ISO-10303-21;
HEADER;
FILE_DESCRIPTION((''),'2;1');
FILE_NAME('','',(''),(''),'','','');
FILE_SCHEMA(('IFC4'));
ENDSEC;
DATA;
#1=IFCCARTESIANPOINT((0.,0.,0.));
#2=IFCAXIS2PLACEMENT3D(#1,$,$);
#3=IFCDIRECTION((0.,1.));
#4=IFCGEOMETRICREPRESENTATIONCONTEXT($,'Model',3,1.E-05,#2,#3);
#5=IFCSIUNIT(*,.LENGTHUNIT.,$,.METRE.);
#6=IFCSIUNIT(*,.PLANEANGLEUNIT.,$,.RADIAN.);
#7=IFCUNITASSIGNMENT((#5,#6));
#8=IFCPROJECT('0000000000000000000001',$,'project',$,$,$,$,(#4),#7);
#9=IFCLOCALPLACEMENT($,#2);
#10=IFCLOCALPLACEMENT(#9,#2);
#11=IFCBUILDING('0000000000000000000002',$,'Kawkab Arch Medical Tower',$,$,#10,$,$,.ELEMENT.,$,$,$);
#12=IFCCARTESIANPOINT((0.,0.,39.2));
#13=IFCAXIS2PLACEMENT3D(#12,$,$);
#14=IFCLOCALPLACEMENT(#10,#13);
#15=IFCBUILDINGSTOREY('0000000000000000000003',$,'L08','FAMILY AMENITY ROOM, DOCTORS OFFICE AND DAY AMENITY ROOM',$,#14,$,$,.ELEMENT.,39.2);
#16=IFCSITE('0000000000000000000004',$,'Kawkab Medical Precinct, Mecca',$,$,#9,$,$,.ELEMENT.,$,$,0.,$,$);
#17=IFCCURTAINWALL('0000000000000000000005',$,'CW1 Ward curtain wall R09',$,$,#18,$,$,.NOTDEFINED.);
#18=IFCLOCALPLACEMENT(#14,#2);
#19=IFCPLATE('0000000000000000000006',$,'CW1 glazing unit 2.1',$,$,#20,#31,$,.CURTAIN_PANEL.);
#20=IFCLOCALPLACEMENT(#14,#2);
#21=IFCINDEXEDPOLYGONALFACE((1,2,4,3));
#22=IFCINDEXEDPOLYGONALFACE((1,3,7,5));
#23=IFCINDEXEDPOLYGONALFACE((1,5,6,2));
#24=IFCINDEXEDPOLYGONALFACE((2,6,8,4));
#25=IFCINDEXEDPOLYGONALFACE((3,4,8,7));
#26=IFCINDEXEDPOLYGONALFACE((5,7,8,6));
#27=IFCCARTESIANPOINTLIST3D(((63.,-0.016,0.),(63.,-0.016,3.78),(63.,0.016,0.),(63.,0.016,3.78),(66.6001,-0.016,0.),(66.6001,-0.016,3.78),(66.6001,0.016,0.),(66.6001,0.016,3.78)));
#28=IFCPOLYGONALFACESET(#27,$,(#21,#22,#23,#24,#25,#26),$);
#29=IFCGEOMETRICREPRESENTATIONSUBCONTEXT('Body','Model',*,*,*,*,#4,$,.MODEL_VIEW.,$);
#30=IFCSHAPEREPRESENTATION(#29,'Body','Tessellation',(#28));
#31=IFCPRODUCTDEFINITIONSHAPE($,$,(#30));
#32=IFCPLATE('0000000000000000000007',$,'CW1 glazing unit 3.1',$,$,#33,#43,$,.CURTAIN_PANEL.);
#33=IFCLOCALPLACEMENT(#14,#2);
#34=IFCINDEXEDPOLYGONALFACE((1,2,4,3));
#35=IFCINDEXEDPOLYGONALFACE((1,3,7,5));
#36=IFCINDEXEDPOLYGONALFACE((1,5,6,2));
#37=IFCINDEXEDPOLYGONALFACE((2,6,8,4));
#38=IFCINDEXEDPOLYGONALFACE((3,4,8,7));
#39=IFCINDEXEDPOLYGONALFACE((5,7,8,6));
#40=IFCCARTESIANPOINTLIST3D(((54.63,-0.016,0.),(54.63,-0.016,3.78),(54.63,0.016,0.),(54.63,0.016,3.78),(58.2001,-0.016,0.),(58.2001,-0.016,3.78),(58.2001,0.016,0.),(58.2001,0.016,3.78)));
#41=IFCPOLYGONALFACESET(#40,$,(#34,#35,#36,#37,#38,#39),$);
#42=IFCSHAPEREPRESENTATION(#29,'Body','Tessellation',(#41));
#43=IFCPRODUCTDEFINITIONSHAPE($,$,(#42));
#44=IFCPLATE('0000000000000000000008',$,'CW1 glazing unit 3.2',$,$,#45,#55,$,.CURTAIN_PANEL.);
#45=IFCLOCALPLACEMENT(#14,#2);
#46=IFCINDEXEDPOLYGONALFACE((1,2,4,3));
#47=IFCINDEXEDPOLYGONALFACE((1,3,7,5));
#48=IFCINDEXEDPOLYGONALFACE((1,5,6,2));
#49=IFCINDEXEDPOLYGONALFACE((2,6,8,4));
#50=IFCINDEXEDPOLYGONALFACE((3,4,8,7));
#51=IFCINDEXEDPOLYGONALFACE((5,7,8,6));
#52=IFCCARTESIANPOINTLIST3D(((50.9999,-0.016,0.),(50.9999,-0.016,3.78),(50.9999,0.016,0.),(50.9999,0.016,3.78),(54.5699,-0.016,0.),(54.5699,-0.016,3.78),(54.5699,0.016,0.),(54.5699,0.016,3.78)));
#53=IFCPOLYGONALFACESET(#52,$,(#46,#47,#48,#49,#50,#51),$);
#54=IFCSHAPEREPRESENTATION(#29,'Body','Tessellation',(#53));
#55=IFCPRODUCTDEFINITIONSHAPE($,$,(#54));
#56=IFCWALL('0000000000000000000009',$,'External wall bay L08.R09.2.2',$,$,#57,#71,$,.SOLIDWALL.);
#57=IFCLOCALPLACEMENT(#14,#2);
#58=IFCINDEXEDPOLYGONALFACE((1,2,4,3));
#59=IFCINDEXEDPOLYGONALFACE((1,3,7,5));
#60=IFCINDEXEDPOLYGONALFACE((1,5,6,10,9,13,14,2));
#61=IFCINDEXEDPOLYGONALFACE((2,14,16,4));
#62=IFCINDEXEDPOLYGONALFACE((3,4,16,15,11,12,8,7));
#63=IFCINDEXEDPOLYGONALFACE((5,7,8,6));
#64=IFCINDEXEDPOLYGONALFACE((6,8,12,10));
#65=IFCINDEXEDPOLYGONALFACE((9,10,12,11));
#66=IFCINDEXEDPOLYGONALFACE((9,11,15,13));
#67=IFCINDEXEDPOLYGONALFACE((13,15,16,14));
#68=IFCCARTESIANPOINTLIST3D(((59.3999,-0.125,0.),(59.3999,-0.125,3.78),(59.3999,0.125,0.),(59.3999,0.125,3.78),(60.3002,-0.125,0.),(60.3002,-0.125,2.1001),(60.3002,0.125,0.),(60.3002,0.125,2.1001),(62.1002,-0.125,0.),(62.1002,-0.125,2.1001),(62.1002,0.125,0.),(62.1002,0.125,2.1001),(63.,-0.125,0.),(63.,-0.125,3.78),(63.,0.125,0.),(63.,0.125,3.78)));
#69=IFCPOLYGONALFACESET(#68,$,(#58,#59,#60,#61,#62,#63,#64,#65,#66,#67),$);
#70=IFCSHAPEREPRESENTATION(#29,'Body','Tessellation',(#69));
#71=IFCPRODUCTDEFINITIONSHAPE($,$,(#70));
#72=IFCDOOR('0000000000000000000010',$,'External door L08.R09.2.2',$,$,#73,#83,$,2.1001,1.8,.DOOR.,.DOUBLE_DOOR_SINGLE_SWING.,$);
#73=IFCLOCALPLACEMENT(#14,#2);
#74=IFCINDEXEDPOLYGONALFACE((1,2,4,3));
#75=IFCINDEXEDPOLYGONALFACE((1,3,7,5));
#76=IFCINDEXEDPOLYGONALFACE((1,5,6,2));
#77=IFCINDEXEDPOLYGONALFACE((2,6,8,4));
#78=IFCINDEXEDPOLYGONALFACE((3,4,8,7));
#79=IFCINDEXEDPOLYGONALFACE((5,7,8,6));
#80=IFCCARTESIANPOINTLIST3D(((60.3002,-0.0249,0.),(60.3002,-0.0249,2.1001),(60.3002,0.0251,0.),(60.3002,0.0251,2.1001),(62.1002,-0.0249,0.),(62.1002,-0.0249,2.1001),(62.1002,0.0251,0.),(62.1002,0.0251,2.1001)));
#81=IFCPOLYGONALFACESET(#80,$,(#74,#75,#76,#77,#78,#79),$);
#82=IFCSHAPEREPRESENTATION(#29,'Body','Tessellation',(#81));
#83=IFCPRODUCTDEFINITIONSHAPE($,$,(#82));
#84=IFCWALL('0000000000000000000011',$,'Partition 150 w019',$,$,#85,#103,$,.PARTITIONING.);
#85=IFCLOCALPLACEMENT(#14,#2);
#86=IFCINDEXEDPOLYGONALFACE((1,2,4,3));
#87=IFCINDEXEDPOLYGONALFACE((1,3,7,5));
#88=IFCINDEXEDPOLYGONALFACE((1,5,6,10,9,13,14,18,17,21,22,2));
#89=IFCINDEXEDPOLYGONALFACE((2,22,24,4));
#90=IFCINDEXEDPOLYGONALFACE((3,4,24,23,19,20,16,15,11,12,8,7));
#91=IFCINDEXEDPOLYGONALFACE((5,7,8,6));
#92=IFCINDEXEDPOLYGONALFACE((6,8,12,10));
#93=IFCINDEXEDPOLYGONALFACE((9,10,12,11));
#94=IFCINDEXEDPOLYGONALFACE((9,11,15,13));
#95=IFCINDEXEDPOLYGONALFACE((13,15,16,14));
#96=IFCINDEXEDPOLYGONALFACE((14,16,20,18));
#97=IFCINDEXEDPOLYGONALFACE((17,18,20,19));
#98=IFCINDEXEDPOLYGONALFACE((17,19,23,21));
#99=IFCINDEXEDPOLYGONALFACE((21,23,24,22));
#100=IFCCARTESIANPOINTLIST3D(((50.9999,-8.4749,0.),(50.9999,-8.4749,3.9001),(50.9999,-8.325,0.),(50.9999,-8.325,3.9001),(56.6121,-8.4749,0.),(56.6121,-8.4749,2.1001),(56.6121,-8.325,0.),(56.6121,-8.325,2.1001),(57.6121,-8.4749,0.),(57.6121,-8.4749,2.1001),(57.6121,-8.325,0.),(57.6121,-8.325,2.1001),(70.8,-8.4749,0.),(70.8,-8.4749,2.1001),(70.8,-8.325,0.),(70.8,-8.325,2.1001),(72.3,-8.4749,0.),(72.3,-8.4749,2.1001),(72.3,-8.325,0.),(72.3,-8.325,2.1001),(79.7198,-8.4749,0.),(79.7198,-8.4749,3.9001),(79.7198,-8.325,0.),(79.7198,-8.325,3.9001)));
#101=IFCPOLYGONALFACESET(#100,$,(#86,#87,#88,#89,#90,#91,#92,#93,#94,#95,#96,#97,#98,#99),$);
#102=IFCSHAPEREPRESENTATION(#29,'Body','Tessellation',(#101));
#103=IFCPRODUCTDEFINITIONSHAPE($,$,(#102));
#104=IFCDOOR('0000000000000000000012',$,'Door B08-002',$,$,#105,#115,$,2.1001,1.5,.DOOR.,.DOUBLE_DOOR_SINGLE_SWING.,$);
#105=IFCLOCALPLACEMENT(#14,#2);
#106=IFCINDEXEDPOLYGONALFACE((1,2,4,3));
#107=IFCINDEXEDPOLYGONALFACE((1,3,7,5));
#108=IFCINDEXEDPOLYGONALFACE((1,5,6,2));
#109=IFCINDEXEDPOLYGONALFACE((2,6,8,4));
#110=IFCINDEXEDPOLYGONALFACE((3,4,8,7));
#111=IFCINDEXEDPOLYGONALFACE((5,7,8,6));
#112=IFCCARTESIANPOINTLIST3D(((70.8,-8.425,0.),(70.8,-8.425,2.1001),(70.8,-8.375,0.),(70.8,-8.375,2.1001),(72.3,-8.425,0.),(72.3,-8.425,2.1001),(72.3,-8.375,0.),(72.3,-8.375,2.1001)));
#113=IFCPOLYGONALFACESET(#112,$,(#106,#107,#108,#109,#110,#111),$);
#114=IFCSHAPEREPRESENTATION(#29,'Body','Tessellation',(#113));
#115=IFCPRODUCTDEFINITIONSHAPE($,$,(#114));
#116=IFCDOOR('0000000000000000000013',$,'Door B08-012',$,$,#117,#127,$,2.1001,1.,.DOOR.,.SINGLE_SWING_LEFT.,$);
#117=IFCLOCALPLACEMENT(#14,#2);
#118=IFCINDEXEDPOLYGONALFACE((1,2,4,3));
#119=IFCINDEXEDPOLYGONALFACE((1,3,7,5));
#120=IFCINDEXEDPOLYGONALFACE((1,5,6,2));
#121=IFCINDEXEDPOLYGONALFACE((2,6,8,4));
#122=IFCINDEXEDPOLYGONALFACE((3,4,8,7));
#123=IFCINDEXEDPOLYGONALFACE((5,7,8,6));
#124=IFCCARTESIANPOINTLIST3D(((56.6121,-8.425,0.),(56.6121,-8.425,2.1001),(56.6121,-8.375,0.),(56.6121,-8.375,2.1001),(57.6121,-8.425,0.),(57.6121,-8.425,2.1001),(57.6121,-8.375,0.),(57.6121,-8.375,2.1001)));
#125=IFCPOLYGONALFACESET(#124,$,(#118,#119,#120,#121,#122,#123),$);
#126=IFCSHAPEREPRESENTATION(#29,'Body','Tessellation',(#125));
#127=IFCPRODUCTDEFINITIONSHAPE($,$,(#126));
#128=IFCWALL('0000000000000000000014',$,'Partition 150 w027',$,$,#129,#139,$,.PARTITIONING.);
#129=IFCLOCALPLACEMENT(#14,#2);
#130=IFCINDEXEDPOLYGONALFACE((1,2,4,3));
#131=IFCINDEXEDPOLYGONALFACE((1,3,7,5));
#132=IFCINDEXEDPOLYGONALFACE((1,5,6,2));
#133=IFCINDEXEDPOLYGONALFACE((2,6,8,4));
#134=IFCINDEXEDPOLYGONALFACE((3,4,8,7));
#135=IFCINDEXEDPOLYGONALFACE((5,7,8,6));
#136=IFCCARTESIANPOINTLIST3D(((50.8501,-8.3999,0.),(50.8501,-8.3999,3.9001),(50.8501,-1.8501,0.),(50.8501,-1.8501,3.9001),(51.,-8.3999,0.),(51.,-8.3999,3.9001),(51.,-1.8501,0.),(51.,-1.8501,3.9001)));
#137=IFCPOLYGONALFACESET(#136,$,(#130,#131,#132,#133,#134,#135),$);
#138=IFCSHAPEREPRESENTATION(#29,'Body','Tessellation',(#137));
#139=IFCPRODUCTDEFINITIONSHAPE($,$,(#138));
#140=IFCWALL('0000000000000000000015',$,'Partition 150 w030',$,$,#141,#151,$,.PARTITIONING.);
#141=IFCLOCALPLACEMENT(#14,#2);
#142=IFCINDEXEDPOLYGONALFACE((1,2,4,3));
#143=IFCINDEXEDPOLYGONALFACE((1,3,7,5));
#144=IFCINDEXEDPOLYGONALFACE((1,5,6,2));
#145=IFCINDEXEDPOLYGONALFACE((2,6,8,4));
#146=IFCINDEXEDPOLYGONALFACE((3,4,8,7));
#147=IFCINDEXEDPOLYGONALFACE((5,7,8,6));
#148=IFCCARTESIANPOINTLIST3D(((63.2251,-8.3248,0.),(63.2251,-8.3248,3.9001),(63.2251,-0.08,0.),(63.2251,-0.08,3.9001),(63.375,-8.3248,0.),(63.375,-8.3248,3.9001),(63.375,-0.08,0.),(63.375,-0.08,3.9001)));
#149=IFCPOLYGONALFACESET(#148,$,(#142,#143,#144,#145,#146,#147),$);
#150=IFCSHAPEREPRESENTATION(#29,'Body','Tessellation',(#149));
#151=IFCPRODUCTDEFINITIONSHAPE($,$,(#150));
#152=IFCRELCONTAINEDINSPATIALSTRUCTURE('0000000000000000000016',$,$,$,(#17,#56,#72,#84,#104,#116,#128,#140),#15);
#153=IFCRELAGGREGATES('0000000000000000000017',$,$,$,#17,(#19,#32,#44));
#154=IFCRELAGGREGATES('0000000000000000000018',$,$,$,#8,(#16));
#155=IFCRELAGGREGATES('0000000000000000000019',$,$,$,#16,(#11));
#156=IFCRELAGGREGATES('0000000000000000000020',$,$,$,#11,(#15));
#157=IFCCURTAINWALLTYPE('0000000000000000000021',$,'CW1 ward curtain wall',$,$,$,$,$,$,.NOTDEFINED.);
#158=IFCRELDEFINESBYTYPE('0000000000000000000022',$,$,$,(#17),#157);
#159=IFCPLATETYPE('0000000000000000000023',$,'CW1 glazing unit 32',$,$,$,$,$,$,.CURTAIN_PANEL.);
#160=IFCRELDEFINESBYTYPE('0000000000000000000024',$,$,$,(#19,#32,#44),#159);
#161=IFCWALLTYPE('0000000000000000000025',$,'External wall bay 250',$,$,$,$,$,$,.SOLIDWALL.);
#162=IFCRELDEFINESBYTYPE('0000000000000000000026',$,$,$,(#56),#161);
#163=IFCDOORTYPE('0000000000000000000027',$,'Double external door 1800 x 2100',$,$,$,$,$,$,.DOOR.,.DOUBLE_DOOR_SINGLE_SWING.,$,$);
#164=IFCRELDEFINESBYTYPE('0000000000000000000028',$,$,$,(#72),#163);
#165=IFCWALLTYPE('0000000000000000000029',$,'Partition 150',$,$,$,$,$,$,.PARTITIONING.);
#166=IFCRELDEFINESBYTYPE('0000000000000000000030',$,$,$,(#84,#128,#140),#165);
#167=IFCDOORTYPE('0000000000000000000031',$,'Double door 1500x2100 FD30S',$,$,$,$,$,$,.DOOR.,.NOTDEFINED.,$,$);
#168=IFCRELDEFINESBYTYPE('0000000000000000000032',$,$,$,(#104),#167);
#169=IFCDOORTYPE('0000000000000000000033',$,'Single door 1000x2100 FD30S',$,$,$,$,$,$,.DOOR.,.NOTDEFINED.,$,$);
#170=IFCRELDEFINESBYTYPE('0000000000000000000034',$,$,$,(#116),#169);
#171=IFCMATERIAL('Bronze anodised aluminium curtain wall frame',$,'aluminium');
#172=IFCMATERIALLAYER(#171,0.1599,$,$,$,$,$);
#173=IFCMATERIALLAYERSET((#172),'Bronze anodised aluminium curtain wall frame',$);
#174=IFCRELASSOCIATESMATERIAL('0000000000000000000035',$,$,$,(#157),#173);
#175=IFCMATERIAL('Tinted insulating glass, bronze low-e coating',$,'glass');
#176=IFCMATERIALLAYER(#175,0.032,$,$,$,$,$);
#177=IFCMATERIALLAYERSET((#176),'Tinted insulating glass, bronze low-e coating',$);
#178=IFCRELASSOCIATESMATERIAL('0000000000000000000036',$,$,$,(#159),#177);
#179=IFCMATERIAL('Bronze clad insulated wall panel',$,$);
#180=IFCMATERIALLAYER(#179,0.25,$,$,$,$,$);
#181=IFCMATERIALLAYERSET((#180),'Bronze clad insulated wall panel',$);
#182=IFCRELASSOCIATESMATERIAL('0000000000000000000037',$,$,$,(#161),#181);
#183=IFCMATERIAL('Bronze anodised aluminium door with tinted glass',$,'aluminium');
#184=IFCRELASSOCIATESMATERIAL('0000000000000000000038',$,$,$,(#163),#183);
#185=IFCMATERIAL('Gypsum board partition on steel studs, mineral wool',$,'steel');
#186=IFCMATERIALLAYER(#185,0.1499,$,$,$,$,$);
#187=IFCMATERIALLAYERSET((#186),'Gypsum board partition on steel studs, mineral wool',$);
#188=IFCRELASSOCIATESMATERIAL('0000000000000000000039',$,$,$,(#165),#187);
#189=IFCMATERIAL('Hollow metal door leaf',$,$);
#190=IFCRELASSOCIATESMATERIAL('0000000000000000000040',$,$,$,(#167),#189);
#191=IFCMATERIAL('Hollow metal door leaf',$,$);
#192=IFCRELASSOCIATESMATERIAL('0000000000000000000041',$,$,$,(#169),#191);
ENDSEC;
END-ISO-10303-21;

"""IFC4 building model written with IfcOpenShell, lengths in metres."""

from ifc_helpers import new_model, si_unit, direction, frame, frame_2d, origin, origin_2d, place, context, subcontext, project, spatial, rectangle, extrude, material, layer, layer_set, type_object, element, fill, aggregate, save


model = new_model("IFC4")

# Units and contexts
model_context = context("Model", 3, precision=1e-05, world=origin(), true_north=direction((0.0, 1.0)))
body_context = subcontext(model_context, "Body", "Model", "MODEL_VIEW")
ifc_project = project(units=[si_unit("LENGTHUNIT", "METRE"), si_unit("PLANEANGLEUNIT", "RADIAN")], contexts=[model_context])

# Site, building, storey
site_placement = place(None, origin())
site = spatial("IfcSite", under=ifc_project, at=site_placement, Name="Kawkab Medical Precinct, Mecca", CompositionType="ELEMENT", RefElevation=0.0)
building_placement = place(site_placement, origin())
building = spatial("IfcBuilding", under=site, at=building_placement, Name="Kawkab Arch Medical Tower", CompositionType="ELEMENT")
storey_placement = place(building_placement, frame((0.0, 0.0, 39.2)))
storey = spatial("IfcBuildingStorey", under=building, at=storey_placement, Name="L08", Description="FAMILY AMENITY ROOM, DOCTORS OFFICE AND DAY AMENITY ROOM", CompositionType="ELEMENT", Elevation=39.2)

# Curtain wall
ifc_material_1 = material(Name="Bronze anodised aluminium curtain wall frame", Category="aluminium")
ifc_layer_1 = layer(ifc_material_1, 0.1599)
ifc_layer_set_1 = layer_set([ifc_layer_1], Name="Bronze anodised aluminium curtain wall frame")
curtain_wall_type_1 = type_object("IfcCurtainWallType", Name="CW1 ward curtain wall", PredefinedType="NOTDEFINED", material=ifc_layer_set_1)
placement = place(storey_placement, origin())
curtain_wall_1 = element("IfcCurtainWall", 1, at=placement, inside=storey, type_object=curtain_wall_type_1, Name="CW1 Ward curtain wall R09", PredefinedType="NOTDEFINED")

# Plates
ifc_material_2 = material(Name="Tinted insulating glass, bronze low-e coating", Category="glass")
ifc_layer_2 = layer(ifc_material_2, 0.032)
ifc_layer_set_2 = layer_set([ifc_layer_2], Name="Tinted insulating glass, bronze low-e coating")
plate_type = type_object("IfcPlateType", Name="CW1 glazing unit 32", PredefinedType="CURTAIN_PANEL", material=ifc_layer_set_2)
plate_1_placement = place(storey_placement, frame((64.8, 0.0, 0.0), z_axis=(0.0, 0.0, 1.0), x_axis=(-1.0, 0.0, 0.0)))
plate_1 = element("IfcPlate", 2, at=plate_1_placement, type_object=plate_type, Name="CW1 glazing unit 2.1", PredefinedType="CURTAIN_PANEL", context=body_context, shape_type="SweptSolid", body=[
    extrude(rectangle(XDim=3.6001, YDim=0.032, at=origin_2d()), origin(), (0.0, 0.0, 1.0), 3.78),
])
plate_2_placement = place(storey_placement, frame((56.415, 0.0, 0.0), z_axis=(0.0, 0.0, 1.0), x_axis=(-1.0, 0.0, 0.0)))
plate_2 = element("IfcPlate", 3, at=plate_2_placement, type_object=plate_type, Name="CW1 glazing unit 3.1", PredefinedType="CURTAIN_PANEL", context=body_context, shape_type="SweptSolid", body=[
    extrude(rectangle(XDim=3.5701, YDim=0.032, at=origin_2d()), origin(), (0.0, 0.0, 1.0), 3.78),
])
plate_3_placement = place(storey_placement, frame((52.7849, 0.0, 0.0), z_axis=(0.0, 0.0, 1.0), x_axis=(-1.0, 0.0, 0.0)))
plate_3 = element("IfcPlate", 4, at=plate_3_placement, type_object=plate_type, Name="CW1 glazing unit 3.2", PredefinedType="CURTAIN_PANEL", context=body_context, shape_type="SweptSolid", body=[
    extrude(rectangle(XDim=3.5701, YDim=0.032, at=origin_2d()), origin(), (0.0, 0.0, 1.0), 3.78),
])
aggregate(curtain_wall_1, [plate_1, plate_2, plate_3])

# Wall, opening, door
ifc_material_3 = material(Name="Bronze clad insulated wall panel")
ifc_layer_3 = layer(ifc_material_3, 0.25)
ifc_layer_set_3 = layer_set([ifc_layer_3], Name="Bronze clad insulated wall panel")
wall_type_1 = type_object("IfcWallType", Name="External wall bay 250", PredefinedType="SOLIDWALL", material=ifc_layer_set_3)
wall_1_placement = place(storey_placement, frame((63.0, 0.0, 0.0), z_axis=(0.0, 0.0, 1.0), x_axis=(-1.0, 0.0, 0.0)))
wall_1 = element("IfcWall", 5, at=wall_1_placement, inside=storey, type_object=wall_type_1, Name="External wall bay L08.R09.2.2", PredefinedType="SOLIDWALL", context=body_context, shape_type="SweptSolid", body=[
    extrude(rectangle(XDim=3.6001, YDim=0.25, at=frame_2d((1.8, 0.0))), origin(), (0.0, 0.0, 1.0), 3.78),
])
opening_1_placement = place(wall_1_placement, frame((0.8999, 0.0, 0.0)))
opening_1 = element("IfcOpeningElement", 6, at=opening_1_placement, cuts=wall_1, PredefinedType="OPENING", context=body_context, shape_type="SweptSolid", body=[
    extrude(rectangle(XDim=1.8, YDim=2.1001, at=frame_2d((0.8999, 1.05))), frame((0.0, 0.135, 0.0), z_axis=(0.0, -1.0, 0.0), x_axis=(1.0, 0.0, 0.0)), (0.0, 0.0, 1.0), 0.27),
])
ifc_material_4 = material(Name="Bronze anodised aluminium door with tinted glass", Category="aluminium")
door_type_1 = type_object("IfcDoorType", Name="Double external door 1800 x 2100", OperationType="DOUBLE_DOOR_SINGLE_SWING", PredefinedType="DOOR", material=ifc_material_4)
door_1_placement = place(opening_1_placement, origin())
door_1 = element("IfcDoor", 7, at=door_1_placement, inside=storey, type_object=door_type_1, Name="External door L08.R09.2.2", OperationType="DOUBLE_DOOR_SINGLE_SWING", OverallHeight=2.1001, OverallWidth=1.8, PredefinedType="DOOR", context=body_context, shape_type="SweptSolid", body=[
    extrude(rectangle(XDim=1.8, YDim=2.1001, at=frame_2d((0.8999, 1.05))), frame((0.0, 0.0249, 0.0), z_axis=(0.0, -1.0, 0.0), x_axis=(1.0, 0.0, 0.0)), (0.0, 0.0, 1.0), 0.05),
])
fill(opening_1, door_1)

# Wall, openings, doors
ifc_material_5 = material(Name="Gypsum board partition on steel studs, mineral wool", Category="steel")
ifc_layer_4 = layer(ifc_material_5, 0.1499)
ifc_layer_set_4 = layer_set([ifc_layer_4], Name="Gypsum board partition on steel studs, mineral wool")
wall_type_2 = type_object("IfcWallType", Name="Partition 150", PredefinedType="PARTITIONING", material=ifc_layer_set_4)
wall_2_placement = place(storey_placement, frame((51.0, -8.3999, 0.0), z_axis=(0.0, 0.0, 1.0), x_axis=(1.0, 0.0, 0.0)))
wall_2 = element("IfcWall", 8, at=wall_2_placement, inside=storey, type_object=wall_type_2, Name="Partition 150 w019", PredefinedType="PARTITIONING", context=body_context, shape_type="SweptSolid", body=[
    extrude(rectangle(XDim=28.72, YDim=0.1499, at=frame_2d((14.3599, 0.0))), origin(), (0.0, 0.0, 1.0), 3.9001),
])
opening_2_placement = place(wall_2_placement, frame((5.6121, 0.0, 0.0)))
opening_2 = element("IfcOpeningElement", 9, at=opening_2_placement, cuts=wall_2, PredefinedType="OPENING", context=body_context, shape_type="SweptSolid", body=[
    extrude(rectangle(XDim=1.0, YDim=2.1001, at=frame_2d((0.5, 1.05))), frame((0.0, 0.085, 0.0), z_axis=(0.0, -1.0, 0.0), x_axis=(1.0, 0.0, 0.0)), (0.0, 0.0, 1.0), 0.1699),
])
opening_3_placement = place(wall_2_placement, frame((19.8, 0.0, 0.0)))
opening_3 = element("IfcOpeningElement", 10, at=opening_3_placement, cuts=wall_2, PredefinedType="OPENING", context=body_context, shape_type="SweptSolid", body=[
    extrude(rectangle(XDim=1.5, YDim=2.1001, at=frame_2d((0.75, 1.05))), frame((0.0, 0.085, 0.0), z_axis=(0.0, -1.0, 0.0), x_axis=(1.0, 0.0, 0.0)), (0.0, 0.0, 1.0), 0.1699),
])
ifc_material_6 = material(Name="Hollow metal door leaf")
door_type_2 = type_object("IfcDoorType", Name="Double door 1500x2100 FD30S", OperationType="NOTDEFINED", PredefinedType="DOOR", material=ifc_material_6)
door_2_placement = place(opening_3_placement, origin())
door_2 = element("IfcDoor", 11, at=door_2_placement, inside=storey, type_object=door_type_2, Name="Door B08-002", OperationType="DOUBLE_DOOR_SINGLE_SWING", OverallHeight=2.1001, OverallWidth=1.5, PredefinedType="DOOR", context=body_context, shape_type="SweptSolid", body=[
    extrude(rectangle(XDim=1.5, YDim=2.1001, at=frame_2d((0.75, 1.05))), frame((0.0, 0.0249, 0.0), z_axis=(0.0, -1.0, 0.0), x_axis=(1.0, 0.0, 0.0)), (0.0, 0.0, 1.0), 0.05),
])
fill(opening_3, door_2)
ifc_material_7 = material(Name="Hollow metal door leaf")
door_type_3 = type_object("IfcDoorType", Name="Single door 1000x2100 FD30S", OperationType="NOTDEFINED", PredefinedType="DOOR", material=ifc_material_7)
door_3_placement = place(opening_2_placement, origin())
door_3 = element("IfcDoor", 12, at=door_3_placement, inside=storey, type_object=door_type_3, Name="Door B08-012", OperationType="SINGLE_SWING_LEFT", OverallHeight=2.1001, OverallWidth=1.0, PredefinedType="DOOR", context=body_context, shape_type="SweptSolid", body=[
    extrude(rectangle(XDim=1.0, YDim=2.1001, at=frame_2d((0.5, 1.05))), frame((0.0, 0.0249, 0.0), z_axis=(0.0, -1.0, 0.0), x_axis=(1.0, 0.0, 0.0)), (0.0, 0.0, 1.0), 0.05),
])
fill(opening_2, door_3)

# Walls
wall_3_placement = place(storey_placement, frame((50.925, -8.3999, 0.0), z_axis=(0.0, 0.0, 1.0), x_axis=(0.0, 1.0, 0.0)))
element("IfcWall", 13, at=wall_3_placement, inside=storey, type_object=wall_type_2, Name="Partition 150 w027", PredefinedType="PARTITIONING", context=body_context, shape_type="SweptSolid", body=[
    extrude(rectangle(XDim=6.5498, YDim=0.1499, at=frame_2d((3.2749, 0.0))), origin(), (0.0, 0.0, 1.0), 3.9001),
])
wall_4_placement = place(storey_placement, frame((63.3, -8.325, 0.0), z_axis=(0.0, 0.0, 1.0), x_axis=(0.0, 1.0, 0.0)))
element("IfcWall", 14, at=wall_4_placement, inside=storey, type_object=wall_type_2, Name="Partition 150 w030", PredefinedType="PARTITIONING", context=body_context, shape_type="SweptSolid", body=[
    extrude(rectangle(XDim=8.2449, YDim=0.1499, at=frame_2d((4.1226, 0.0))), origin(), (0.0, 0.0, 1.0), 3.9001),
])

save(model, "model.ifc")
